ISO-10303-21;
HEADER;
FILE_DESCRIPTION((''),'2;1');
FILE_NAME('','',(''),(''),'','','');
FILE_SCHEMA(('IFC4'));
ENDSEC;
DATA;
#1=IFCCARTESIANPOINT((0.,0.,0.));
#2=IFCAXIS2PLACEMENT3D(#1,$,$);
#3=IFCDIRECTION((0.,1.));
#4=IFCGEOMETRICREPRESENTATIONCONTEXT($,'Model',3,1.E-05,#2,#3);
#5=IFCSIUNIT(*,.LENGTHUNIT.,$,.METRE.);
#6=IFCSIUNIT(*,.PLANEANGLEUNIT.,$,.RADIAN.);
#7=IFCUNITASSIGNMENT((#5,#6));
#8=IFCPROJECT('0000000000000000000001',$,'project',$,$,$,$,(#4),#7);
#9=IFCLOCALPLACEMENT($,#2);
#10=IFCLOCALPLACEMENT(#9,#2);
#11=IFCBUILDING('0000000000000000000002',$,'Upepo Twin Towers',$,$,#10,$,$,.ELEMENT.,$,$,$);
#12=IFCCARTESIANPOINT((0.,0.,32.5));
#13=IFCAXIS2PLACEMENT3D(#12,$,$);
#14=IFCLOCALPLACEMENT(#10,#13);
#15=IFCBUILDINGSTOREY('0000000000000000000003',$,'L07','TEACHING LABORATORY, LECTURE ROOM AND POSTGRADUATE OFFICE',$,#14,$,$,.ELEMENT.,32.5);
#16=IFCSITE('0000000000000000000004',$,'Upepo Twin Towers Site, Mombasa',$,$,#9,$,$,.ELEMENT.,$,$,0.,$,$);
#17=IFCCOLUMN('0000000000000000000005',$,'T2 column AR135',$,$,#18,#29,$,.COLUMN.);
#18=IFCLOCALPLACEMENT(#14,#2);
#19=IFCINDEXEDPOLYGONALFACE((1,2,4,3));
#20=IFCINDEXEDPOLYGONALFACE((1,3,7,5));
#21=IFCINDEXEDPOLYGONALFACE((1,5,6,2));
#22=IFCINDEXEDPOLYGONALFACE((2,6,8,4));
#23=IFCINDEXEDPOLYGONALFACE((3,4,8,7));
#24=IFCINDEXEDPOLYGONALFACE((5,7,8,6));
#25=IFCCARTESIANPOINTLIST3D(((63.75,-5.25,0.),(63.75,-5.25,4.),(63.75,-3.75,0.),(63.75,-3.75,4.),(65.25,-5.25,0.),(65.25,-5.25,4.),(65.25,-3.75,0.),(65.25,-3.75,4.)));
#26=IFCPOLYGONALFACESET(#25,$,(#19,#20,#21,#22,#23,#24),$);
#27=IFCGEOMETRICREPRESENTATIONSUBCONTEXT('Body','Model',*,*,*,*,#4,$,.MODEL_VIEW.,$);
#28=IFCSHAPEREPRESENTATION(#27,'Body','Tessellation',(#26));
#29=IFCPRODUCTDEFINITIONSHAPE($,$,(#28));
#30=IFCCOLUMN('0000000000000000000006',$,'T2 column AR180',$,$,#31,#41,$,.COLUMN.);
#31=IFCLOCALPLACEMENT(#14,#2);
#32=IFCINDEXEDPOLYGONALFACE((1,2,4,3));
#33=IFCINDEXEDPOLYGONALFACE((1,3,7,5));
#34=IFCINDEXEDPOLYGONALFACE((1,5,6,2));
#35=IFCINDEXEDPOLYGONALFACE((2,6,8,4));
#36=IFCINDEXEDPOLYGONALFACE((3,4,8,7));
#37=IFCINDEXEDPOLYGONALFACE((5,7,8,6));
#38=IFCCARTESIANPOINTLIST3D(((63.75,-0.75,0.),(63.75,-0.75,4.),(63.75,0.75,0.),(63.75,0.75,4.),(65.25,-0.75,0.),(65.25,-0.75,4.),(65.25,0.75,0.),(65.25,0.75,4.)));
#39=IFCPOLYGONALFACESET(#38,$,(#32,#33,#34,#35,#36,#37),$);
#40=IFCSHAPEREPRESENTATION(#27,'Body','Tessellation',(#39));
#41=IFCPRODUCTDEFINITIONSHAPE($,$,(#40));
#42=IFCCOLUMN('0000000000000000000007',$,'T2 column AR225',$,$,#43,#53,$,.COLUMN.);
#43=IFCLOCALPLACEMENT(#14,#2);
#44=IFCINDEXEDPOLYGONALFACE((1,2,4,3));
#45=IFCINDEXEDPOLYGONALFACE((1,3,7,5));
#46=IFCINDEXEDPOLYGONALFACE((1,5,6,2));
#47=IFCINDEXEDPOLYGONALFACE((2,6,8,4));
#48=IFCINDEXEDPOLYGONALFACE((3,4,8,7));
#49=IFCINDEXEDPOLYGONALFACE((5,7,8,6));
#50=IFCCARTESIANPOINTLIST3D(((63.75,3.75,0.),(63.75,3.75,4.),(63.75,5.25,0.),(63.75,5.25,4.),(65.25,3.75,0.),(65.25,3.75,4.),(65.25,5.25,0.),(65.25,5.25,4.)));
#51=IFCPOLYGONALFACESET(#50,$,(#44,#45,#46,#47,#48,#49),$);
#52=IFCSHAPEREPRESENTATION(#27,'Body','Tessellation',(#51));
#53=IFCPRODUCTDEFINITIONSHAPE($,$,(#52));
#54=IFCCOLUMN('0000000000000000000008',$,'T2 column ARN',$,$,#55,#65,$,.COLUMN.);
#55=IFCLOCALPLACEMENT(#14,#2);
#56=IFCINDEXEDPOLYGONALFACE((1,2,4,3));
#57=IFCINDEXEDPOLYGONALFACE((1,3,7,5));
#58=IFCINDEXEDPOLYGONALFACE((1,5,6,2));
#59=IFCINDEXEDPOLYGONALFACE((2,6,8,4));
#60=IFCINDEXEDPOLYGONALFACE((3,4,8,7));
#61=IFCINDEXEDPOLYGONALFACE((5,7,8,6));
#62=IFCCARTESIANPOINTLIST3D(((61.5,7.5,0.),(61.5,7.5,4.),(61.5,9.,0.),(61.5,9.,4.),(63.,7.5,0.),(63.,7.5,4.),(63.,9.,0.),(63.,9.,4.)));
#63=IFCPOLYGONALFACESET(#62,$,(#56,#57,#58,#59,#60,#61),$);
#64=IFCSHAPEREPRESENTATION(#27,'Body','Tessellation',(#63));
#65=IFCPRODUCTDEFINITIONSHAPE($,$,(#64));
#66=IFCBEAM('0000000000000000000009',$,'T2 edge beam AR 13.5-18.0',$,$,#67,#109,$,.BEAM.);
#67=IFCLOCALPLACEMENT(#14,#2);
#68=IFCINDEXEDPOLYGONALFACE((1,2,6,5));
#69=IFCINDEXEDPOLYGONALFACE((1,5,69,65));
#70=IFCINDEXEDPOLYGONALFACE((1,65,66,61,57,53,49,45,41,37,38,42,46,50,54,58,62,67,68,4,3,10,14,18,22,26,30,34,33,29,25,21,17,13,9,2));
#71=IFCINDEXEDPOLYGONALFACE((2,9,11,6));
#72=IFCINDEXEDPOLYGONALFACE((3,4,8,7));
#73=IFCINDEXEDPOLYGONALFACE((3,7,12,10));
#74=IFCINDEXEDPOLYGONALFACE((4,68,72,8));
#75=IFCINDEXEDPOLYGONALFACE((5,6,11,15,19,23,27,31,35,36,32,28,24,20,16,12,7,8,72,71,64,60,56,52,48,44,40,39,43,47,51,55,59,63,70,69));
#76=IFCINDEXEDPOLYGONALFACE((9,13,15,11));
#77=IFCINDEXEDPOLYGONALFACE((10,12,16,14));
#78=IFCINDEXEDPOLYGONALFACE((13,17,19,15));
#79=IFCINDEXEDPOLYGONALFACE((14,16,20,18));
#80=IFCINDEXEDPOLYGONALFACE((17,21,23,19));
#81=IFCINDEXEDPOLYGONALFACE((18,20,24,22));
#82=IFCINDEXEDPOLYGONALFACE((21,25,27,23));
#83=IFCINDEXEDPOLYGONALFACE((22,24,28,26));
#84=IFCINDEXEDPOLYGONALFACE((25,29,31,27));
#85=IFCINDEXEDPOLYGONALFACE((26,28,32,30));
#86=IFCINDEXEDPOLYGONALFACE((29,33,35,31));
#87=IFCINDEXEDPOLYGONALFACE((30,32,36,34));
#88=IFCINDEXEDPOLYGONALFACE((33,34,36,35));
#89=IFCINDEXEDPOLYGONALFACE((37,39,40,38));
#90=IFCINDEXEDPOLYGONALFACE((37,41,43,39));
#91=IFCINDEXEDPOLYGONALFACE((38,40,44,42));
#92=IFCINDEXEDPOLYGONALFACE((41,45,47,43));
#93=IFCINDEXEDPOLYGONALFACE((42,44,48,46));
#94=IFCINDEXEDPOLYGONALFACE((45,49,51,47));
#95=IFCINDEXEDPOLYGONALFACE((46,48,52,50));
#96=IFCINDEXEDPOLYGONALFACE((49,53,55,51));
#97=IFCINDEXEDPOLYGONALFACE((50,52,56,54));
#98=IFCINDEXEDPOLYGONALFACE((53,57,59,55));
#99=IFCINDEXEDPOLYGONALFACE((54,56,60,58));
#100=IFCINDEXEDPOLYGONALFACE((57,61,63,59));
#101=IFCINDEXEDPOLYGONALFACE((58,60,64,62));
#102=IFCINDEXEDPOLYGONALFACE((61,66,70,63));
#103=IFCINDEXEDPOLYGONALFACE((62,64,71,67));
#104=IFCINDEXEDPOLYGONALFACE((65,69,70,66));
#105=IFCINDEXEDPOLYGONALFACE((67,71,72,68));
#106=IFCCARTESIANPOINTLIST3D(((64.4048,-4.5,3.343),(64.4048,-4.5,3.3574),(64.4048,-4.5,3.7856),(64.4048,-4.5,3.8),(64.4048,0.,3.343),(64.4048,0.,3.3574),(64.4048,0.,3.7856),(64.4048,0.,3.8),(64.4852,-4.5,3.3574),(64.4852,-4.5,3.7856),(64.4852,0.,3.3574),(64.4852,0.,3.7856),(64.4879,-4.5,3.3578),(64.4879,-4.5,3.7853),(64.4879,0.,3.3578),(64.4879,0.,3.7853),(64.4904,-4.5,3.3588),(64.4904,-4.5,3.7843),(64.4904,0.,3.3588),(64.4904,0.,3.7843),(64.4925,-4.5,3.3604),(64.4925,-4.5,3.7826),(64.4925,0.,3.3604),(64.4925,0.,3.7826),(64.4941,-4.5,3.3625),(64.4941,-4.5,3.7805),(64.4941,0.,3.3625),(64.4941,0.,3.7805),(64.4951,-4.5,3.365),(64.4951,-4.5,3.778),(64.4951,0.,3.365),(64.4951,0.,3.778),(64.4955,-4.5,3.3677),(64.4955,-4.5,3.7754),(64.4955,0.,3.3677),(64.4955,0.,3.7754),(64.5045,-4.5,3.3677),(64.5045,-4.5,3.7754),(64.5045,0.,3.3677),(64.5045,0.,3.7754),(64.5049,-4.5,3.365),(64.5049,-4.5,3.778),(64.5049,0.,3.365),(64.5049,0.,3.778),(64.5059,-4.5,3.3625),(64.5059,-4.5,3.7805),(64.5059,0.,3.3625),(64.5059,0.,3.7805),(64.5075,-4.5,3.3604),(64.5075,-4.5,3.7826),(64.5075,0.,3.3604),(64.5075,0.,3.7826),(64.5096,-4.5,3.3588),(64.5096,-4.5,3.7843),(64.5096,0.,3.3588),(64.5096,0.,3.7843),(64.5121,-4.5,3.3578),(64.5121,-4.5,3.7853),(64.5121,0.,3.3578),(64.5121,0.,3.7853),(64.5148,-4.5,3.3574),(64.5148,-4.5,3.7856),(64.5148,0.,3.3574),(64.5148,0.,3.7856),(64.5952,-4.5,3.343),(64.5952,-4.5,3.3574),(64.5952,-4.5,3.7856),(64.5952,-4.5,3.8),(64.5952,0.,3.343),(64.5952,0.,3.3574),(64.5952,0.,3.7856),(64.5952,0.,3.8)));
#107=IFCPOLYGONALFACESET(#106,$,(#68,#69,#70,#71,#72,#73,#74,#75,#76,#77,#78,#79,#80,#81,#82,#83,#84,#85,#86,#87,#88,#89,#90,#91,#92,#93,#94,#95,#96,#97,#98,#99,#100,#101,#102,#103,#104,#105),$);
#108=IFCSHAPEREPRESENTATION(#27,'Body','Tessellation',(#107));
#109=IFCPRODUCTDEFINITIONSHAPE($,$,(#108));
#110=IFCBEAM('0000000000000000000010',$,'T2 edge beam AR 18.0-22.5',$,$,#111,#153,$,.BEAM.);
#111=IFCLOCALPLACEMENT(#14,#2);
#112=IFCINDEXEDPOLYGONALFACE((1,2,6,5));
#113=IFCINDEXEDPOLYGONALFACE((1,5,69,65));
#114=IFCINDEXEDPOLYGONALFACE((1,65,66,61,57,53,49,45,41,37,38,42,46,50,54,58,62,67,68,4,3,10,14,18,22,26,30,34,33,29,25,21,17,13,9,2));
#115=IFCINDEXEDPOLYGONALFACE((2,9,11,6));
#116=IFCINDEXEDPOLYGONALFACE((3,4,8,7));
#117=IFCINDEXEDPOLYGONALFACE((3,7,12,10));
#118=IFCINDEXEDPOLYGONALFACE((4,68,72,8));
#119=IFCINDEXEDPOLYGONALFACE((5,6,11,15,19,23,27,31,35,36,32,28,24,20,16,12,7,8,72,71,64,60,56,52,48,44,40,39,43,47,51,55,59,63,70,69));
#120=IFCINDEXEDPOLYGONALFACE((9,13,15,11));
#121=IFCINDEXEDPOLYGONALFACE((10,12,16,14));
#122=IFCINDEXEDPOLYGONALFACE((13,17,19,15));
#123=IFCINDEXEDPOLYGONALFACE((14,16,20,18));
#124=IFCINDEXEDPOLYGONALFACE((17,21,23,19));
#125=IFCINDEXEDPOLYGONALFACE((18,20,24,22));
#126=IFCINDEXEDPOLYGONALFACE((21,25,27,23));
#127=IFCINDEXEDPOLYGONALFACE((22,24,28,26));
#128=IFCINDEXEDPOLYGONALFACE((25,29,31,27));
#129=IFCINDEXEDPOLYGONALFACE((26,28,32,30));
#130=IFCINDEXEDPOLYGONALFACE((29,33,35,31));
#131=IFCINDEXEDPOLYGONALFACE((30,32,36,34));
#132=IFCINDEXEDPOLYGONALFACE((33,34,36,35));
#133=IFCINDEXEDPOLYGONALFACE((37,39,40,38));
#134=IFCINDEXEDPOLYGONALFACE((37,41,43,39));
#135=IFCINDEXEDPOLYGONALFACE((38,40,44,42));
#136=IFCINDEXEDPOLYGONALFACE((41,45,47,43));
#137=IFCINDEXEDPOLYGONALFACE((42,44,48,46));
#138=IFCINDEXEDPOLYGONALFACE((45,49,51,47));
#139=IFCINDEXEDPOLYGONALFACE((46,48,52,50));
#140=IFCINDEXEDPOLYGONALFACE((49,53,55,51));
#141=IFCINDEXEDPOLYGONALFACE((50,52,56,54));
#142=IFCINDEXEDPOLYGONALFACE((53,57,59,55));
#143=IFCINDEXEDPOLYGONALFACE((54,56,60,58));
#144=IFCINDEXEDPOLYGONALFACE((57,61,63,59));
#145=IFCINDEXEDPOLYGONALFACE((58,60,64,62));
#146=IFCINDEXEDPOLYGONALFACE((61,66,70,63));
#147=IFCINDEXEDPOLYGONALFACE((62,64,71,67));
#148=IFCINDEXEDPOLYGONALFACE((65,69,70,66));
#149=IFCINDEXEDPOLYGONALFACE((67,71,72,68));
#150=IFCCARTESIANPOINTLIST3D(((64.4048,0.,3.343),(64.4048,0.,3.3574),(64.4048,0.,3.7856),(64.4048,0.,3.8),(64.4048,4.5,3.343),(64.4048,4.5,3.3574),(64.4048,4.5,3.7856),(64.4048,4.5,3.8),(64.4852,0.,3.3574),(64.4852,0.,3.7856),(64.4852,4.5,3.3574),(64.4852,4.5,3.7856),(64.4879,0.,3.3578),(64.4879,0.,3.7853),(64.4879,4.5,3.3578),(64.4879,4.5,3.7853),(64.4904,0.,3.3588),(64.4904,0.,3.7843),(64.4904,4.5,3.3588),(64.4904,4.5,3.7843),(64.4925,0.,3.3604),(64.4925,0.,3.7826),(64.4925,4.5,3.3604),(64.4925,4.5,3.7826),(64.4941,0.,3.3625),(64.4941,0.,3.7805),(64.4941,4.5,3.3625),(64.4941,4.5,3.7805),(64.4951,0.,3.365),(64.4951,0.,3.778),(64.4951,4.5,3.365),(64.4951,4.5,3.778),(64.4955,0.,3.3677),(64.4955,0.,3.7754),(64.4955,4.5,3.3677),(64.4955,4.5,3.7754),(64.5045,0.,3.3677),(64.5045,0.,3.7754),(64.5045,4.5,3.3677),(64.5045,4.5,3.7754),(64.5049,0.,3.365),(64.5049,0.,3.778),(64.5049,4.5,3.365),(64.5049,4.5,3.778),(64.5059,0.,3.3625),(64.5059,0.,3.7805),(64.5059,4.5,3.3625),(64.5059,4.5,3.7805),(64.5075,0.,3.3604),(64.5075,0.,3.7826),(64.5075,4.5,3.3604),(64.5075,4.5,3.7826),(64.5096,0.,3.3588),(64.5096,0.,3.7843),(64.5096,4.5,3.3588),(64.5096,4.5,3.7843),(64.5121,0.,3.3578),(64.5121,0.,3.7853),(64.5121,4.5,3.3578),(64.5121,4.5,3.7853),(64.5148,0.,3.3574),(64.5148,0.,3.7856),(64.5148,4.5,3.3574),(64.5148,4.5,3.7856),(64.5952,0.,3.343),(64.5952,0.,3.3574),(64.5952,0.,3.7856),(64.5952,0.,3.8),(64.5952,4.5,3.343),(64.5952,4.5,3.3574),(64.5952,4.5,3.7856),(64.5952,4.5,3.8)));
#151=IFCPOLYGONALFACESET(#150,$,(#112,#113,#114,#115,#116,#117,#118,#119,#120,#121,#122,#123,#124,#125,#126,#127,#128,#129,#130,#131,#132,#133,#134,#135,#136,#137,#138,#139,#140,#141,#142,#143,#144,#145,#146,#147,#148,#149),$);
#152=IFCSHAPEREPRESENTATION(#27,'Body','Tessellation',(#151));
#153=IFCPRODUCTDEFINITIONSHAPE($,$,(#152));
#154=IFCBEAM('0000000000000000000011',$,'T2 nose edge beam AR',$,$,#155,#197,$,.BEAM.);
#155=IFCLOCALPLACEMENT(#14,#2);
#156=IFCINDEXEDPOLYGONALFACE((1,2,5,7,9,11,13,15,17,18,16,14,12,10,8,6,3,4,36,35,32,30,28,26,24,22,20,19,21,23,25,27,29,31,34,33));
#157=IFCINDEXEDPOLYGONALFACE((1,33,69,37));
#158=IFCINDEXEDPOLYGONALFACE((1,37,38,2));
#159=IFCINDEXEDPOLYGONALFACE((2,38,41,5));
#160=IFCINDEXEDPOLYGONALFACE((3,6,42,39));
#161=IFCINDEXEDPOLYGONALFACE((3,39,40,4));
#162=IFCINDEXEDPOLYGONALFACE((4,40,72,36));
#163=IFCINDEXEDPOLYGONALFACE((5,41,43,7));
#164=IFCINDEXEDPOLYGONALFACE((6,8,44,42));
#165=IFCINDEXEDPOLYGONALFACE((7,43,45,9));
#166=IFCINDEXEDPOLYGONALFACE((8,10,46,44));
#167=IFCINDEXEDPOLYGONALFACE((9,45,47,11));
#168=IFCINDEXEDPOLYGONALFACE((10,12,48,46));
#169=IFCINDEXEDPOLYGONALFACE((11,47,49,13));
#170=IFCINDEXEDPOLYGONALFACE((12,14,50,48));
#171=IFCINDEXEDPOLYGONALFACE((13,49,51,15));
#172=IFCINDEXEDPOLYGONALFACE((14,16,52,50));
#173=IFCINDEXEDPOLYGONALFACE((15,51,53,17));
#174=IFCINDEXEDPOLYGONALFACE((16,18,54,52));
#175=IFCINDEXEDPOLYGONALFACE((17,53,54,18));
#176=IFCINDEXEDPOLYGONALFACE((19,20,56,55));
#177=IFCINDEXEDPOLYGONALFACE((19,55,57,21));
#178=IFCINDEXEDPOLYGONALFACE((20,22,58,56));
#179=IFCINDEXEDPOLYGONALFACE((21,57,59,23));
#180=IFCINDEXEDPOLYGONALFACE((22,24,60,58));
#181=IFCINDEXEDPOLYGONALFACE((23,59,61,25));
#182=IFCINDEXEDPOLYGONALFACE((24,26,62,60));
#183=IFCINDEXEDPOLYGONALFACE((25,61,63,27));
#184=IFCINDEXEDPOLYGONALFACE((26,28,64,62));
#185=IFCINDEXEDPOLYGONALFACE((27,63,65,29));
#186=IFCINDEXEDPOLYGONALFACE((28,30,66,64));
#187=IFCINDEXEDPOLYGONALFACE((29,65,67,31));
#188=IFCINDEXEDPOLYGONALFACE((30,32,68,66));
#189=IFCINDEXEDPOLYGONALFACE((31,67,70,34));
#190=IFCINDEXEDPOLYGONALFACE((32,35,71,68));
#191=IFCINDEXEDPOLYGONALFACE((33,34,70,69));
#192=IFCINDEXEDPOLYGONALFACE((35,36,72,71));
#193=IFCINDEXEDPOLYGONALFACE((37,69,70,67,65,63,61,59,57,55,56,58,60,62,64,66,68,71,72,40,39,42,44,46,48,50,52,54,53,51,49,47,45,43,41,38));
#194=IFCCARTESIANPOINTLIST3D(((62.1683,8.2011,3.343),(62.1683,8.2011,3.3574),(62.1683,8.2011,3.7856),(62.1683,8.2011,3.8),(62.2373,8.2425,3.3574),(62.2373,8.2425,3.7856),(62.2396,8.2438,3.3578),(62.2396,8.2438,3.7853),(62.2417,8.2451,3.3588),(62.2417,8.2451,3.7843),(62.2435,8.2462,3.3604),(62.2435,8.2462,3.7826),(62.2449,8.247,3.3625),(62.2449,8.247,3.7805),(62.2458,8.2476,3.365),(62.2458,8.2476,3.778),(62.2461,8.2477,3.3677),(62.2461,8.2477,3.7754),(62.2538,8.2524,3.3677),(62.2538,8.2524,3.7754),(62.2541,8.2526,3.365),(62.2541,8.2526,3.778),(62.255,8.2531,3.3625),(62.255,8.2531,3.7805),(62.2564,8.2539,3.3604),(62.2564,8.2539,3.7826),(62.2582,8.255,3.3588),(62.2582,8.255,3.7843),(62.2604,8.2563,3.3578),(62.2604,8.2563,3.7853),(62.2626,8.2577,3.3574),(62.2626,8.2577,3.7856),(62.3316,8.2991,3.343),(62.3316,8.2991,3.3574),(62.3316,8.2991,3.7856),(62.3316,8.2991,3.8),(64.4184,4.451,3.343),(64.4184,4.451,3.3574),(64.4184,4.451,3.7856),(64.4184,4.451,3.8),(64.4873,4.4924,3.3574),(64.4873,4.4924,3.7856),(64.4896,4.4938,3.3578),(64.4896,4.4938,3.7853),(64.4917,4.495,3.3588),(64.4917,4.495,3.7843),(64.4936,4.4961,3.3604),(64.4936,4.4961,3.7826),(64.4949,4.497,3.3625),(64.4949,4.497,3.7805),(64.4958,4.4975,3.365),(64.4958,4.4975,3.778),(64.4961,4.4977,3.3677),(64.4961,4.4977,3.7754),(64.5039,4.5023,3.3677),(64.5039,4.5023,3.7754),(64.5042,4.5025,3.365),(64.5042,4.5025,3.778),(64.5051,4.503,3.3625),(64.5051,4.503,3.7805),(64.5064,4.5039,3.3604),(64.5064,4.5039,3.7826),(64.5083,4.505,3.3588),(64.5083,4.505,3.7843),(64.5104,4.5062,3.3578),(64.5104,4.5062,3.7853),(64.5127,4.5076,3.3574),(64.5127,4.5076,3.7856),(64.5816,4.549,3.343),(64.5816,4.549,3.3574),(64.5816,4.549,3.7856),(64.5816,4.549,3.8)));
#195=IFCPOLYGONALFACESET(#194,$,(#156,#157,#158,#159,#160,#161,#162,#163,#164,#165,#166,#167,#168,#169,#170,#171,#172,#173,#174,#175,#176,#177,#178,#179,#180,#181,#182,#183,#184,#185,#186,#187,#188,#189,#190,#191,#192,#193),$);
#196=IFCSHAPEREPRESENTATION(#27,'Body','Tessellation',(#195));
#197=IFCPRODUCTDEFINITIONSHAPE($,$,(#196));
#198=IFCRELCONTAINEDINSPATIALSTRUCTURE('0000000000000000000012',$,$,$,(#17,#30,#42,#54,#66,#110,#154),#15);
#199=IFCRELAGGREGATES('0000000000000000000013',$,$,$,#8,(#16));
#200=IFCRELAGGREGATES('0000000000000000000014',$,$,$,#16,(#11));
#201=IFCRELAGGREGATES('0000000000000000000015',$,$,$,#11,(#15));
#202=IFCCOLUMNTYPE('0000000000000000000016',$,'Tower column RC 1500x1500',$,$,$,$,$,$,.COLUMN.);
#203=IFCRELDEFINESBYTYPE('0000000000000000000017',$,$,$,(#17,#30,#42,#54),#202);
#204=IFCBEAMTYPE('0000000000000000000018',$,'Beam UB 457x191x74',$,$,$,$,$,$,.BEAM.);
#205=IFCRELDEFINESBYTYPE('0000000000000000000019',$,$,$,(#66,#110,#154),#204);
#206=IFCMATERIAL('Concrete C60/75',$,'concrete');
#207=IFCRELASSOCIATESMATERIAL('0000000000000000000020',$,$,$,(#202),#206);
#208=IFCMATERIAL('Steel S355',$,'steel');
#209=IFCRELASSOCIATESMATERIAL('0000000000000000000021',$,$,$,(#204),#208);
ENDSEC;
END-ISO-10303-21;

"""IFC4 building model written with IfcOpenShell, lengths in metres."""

from ifc_helpers import new_model, si_unit, direction, frame, origin, origin_2d, place, context, subcontext, project, spatial, rectangle, i_section, extrude, material, material_profile, profile_set, type_object, element, save


model = new_model("IFC4")

# Units and contexts
model_context = context("Model", 3, precision=1e-05, world=origin(), true_north=direction((0.0, 1.0)))
body_context = subcontext(model_context, "Body", "Model", "MODEL_VIEW")
ifc_project = project(units=[si_unit("LENGTHUNIT", "METRE"), si_unit("PLANEANGLEUNIT", "RADIAN")], contexts=[model_context])

# Site, building, storey
site_placement = place(None, origin())
site = spatial("IfcSite", under=ifc_project, at=site_placement, Name="Upepo Twin Towers Site, Mombasa", CompositionType="ELEMENT", RefElevation=0.0)
building_placement = place(site_placement, origin())
building = spatial("IfcBuilding", under=site, at=building_placement, Name="Upepo Twin Towers", CompositionType="ELEMENT")
storey_placement = place(building_placement, frame((0.0, 0.0, 32.5)))
storey = spatial("IfcBuildingStorey", under=building, at=storey_placement, Name="L07", Description="TEACHING LABORATORY, LECTURE ROOM AND POSTGRADUATE OFFICE", CompositionType="ELEMENT", Elevation=32.5)

# Columns
ifc_material_1 = material(Name="Concrete C60/75", Category="concrete")
ifc_material_profile_1 = material_profile(ifc_material_1, rectangle(XDim=1.5, YDim=1.5, at=origin_2d()), Name="RC 1500x1500")
ifc_profile_set_1 = profile_set([ifc_material_profile_1], Name="Concrete C60/75")
column_type = type_object("IfcColumnType", Name="Tower column RC 1500x1500", PredefinedType="COLUMN", material=ifc_profile_set_1)
for number, where, z_axis, x_axis, name in (
    (1, (64.5, -4.5, 0.0), (0.0, 0.0, 1.0), (1.0, 0.0, 0.0), "T2 column AR135"),
    (2, (64.5, 0.0, 0.0), (0.0, 0.0, 1.0), (1.0, 0.0, 0.0), "T2 column AR180"),
    (3, (64.5, 4.5, 0.0), (0.0, 0.0, 1.0), (1.0, 0.0, 0.0), "T2 column AR225"),
    (4, (62.25, 8.25, 0.0), (0.0, 0.0, 1.0), (1.0, 0.0, 0.0), "T2 column ARN"),
):
    element("IfcColumn", number, at=place(storey_placement, frame(where, z_axis=z_axis, x_axis=x_axis)), inside=storey, type_object=column_type, Name=name, PredefinedType="COLUMN", context=body_context, shape_type="SweptSolid", body=[
        extrude(rectangle(XDim=1.5, YDim=1.5, at=origin_2d()), origin(), (0.0, 0.0, 1.0), 4.0),
    ])

# Beams
ifc_material_2 = material(Name="Steel S355", Category="steel")
ifc_material_profile_2 = material_profile(ifc_material_2, i_section(OverallWidth=0.1904, OverallDepth=0.457, WebThickness=0.009, FlangeThickness=0.0144, FilletRadius=0.0103, at=origin_2d()), Name="UB 457x191x74")
ifc_profile_set_2 = profile_set([ifc_material_profile_2], Name="Steel S355")
beam_type_1 = type_object("IfcBeamType", Name="Beam UB 457x191x74", PredefinedType="BEAM", material=ifc_profile_set_2)
for number, where, z_axis, x_axis, name in (
    (5, (64.5, -4.5, 3.5715), (0.0, 1.0, 0.0), (-1.0, 0.0, 0.0), "T2 edge beam AR 13.5-18.0"),
    (6, (64.5, 0.0, 3.5715), (0.0, 1.0, 0.0), (-1.0, 0.0, 0.0), "T2 edge beam AR 18.0-22.5"),
):
    element("IfcBeam", number, at=place(storey_placement, frame(where, z_axis=z_axis, x_axis=x_axis)), inside=storey, type_object=beam_type_1, Name=name, PredefinedType="BEAM", context=body_context, shape_type="SweptSolid", body=[
        extrude(i_section(OverallWidth=0.1904, OverallDepth=0.457, WebThickness=0.009, FlangeThickness=0.0144, FilletRadius=0.0103, at=origin_2d()), origin(), (0.0, 0.0, 1.0), 4.5),
    ])
beam_1_placement = place(storey_placement, frame((64.5, 4.5, 3.5715), z_axis=(-0.514496, 0.857493, 0.0), x_axis=(-0.857493, -0.514496, 0.0)))
element("IfcBeam", 7, at=beam_1_placement, inside=storey, type_object=beam_type_1, Name="T2 nose edge beam AR", PredefinedType="BEAM", context=body_context, shape_type="SweptSolid", body=[
    extrude(i_section(OverallWidth=0.1904, OverallDepth=0.457, WebThickness=0.009, FlangeThickness=0.0144, FilletRadius=0.0103, at=origin_2d()), origin(), (0.0, 0.0, 1.0), 4.3733),
])

save(model, "model.ifc")
